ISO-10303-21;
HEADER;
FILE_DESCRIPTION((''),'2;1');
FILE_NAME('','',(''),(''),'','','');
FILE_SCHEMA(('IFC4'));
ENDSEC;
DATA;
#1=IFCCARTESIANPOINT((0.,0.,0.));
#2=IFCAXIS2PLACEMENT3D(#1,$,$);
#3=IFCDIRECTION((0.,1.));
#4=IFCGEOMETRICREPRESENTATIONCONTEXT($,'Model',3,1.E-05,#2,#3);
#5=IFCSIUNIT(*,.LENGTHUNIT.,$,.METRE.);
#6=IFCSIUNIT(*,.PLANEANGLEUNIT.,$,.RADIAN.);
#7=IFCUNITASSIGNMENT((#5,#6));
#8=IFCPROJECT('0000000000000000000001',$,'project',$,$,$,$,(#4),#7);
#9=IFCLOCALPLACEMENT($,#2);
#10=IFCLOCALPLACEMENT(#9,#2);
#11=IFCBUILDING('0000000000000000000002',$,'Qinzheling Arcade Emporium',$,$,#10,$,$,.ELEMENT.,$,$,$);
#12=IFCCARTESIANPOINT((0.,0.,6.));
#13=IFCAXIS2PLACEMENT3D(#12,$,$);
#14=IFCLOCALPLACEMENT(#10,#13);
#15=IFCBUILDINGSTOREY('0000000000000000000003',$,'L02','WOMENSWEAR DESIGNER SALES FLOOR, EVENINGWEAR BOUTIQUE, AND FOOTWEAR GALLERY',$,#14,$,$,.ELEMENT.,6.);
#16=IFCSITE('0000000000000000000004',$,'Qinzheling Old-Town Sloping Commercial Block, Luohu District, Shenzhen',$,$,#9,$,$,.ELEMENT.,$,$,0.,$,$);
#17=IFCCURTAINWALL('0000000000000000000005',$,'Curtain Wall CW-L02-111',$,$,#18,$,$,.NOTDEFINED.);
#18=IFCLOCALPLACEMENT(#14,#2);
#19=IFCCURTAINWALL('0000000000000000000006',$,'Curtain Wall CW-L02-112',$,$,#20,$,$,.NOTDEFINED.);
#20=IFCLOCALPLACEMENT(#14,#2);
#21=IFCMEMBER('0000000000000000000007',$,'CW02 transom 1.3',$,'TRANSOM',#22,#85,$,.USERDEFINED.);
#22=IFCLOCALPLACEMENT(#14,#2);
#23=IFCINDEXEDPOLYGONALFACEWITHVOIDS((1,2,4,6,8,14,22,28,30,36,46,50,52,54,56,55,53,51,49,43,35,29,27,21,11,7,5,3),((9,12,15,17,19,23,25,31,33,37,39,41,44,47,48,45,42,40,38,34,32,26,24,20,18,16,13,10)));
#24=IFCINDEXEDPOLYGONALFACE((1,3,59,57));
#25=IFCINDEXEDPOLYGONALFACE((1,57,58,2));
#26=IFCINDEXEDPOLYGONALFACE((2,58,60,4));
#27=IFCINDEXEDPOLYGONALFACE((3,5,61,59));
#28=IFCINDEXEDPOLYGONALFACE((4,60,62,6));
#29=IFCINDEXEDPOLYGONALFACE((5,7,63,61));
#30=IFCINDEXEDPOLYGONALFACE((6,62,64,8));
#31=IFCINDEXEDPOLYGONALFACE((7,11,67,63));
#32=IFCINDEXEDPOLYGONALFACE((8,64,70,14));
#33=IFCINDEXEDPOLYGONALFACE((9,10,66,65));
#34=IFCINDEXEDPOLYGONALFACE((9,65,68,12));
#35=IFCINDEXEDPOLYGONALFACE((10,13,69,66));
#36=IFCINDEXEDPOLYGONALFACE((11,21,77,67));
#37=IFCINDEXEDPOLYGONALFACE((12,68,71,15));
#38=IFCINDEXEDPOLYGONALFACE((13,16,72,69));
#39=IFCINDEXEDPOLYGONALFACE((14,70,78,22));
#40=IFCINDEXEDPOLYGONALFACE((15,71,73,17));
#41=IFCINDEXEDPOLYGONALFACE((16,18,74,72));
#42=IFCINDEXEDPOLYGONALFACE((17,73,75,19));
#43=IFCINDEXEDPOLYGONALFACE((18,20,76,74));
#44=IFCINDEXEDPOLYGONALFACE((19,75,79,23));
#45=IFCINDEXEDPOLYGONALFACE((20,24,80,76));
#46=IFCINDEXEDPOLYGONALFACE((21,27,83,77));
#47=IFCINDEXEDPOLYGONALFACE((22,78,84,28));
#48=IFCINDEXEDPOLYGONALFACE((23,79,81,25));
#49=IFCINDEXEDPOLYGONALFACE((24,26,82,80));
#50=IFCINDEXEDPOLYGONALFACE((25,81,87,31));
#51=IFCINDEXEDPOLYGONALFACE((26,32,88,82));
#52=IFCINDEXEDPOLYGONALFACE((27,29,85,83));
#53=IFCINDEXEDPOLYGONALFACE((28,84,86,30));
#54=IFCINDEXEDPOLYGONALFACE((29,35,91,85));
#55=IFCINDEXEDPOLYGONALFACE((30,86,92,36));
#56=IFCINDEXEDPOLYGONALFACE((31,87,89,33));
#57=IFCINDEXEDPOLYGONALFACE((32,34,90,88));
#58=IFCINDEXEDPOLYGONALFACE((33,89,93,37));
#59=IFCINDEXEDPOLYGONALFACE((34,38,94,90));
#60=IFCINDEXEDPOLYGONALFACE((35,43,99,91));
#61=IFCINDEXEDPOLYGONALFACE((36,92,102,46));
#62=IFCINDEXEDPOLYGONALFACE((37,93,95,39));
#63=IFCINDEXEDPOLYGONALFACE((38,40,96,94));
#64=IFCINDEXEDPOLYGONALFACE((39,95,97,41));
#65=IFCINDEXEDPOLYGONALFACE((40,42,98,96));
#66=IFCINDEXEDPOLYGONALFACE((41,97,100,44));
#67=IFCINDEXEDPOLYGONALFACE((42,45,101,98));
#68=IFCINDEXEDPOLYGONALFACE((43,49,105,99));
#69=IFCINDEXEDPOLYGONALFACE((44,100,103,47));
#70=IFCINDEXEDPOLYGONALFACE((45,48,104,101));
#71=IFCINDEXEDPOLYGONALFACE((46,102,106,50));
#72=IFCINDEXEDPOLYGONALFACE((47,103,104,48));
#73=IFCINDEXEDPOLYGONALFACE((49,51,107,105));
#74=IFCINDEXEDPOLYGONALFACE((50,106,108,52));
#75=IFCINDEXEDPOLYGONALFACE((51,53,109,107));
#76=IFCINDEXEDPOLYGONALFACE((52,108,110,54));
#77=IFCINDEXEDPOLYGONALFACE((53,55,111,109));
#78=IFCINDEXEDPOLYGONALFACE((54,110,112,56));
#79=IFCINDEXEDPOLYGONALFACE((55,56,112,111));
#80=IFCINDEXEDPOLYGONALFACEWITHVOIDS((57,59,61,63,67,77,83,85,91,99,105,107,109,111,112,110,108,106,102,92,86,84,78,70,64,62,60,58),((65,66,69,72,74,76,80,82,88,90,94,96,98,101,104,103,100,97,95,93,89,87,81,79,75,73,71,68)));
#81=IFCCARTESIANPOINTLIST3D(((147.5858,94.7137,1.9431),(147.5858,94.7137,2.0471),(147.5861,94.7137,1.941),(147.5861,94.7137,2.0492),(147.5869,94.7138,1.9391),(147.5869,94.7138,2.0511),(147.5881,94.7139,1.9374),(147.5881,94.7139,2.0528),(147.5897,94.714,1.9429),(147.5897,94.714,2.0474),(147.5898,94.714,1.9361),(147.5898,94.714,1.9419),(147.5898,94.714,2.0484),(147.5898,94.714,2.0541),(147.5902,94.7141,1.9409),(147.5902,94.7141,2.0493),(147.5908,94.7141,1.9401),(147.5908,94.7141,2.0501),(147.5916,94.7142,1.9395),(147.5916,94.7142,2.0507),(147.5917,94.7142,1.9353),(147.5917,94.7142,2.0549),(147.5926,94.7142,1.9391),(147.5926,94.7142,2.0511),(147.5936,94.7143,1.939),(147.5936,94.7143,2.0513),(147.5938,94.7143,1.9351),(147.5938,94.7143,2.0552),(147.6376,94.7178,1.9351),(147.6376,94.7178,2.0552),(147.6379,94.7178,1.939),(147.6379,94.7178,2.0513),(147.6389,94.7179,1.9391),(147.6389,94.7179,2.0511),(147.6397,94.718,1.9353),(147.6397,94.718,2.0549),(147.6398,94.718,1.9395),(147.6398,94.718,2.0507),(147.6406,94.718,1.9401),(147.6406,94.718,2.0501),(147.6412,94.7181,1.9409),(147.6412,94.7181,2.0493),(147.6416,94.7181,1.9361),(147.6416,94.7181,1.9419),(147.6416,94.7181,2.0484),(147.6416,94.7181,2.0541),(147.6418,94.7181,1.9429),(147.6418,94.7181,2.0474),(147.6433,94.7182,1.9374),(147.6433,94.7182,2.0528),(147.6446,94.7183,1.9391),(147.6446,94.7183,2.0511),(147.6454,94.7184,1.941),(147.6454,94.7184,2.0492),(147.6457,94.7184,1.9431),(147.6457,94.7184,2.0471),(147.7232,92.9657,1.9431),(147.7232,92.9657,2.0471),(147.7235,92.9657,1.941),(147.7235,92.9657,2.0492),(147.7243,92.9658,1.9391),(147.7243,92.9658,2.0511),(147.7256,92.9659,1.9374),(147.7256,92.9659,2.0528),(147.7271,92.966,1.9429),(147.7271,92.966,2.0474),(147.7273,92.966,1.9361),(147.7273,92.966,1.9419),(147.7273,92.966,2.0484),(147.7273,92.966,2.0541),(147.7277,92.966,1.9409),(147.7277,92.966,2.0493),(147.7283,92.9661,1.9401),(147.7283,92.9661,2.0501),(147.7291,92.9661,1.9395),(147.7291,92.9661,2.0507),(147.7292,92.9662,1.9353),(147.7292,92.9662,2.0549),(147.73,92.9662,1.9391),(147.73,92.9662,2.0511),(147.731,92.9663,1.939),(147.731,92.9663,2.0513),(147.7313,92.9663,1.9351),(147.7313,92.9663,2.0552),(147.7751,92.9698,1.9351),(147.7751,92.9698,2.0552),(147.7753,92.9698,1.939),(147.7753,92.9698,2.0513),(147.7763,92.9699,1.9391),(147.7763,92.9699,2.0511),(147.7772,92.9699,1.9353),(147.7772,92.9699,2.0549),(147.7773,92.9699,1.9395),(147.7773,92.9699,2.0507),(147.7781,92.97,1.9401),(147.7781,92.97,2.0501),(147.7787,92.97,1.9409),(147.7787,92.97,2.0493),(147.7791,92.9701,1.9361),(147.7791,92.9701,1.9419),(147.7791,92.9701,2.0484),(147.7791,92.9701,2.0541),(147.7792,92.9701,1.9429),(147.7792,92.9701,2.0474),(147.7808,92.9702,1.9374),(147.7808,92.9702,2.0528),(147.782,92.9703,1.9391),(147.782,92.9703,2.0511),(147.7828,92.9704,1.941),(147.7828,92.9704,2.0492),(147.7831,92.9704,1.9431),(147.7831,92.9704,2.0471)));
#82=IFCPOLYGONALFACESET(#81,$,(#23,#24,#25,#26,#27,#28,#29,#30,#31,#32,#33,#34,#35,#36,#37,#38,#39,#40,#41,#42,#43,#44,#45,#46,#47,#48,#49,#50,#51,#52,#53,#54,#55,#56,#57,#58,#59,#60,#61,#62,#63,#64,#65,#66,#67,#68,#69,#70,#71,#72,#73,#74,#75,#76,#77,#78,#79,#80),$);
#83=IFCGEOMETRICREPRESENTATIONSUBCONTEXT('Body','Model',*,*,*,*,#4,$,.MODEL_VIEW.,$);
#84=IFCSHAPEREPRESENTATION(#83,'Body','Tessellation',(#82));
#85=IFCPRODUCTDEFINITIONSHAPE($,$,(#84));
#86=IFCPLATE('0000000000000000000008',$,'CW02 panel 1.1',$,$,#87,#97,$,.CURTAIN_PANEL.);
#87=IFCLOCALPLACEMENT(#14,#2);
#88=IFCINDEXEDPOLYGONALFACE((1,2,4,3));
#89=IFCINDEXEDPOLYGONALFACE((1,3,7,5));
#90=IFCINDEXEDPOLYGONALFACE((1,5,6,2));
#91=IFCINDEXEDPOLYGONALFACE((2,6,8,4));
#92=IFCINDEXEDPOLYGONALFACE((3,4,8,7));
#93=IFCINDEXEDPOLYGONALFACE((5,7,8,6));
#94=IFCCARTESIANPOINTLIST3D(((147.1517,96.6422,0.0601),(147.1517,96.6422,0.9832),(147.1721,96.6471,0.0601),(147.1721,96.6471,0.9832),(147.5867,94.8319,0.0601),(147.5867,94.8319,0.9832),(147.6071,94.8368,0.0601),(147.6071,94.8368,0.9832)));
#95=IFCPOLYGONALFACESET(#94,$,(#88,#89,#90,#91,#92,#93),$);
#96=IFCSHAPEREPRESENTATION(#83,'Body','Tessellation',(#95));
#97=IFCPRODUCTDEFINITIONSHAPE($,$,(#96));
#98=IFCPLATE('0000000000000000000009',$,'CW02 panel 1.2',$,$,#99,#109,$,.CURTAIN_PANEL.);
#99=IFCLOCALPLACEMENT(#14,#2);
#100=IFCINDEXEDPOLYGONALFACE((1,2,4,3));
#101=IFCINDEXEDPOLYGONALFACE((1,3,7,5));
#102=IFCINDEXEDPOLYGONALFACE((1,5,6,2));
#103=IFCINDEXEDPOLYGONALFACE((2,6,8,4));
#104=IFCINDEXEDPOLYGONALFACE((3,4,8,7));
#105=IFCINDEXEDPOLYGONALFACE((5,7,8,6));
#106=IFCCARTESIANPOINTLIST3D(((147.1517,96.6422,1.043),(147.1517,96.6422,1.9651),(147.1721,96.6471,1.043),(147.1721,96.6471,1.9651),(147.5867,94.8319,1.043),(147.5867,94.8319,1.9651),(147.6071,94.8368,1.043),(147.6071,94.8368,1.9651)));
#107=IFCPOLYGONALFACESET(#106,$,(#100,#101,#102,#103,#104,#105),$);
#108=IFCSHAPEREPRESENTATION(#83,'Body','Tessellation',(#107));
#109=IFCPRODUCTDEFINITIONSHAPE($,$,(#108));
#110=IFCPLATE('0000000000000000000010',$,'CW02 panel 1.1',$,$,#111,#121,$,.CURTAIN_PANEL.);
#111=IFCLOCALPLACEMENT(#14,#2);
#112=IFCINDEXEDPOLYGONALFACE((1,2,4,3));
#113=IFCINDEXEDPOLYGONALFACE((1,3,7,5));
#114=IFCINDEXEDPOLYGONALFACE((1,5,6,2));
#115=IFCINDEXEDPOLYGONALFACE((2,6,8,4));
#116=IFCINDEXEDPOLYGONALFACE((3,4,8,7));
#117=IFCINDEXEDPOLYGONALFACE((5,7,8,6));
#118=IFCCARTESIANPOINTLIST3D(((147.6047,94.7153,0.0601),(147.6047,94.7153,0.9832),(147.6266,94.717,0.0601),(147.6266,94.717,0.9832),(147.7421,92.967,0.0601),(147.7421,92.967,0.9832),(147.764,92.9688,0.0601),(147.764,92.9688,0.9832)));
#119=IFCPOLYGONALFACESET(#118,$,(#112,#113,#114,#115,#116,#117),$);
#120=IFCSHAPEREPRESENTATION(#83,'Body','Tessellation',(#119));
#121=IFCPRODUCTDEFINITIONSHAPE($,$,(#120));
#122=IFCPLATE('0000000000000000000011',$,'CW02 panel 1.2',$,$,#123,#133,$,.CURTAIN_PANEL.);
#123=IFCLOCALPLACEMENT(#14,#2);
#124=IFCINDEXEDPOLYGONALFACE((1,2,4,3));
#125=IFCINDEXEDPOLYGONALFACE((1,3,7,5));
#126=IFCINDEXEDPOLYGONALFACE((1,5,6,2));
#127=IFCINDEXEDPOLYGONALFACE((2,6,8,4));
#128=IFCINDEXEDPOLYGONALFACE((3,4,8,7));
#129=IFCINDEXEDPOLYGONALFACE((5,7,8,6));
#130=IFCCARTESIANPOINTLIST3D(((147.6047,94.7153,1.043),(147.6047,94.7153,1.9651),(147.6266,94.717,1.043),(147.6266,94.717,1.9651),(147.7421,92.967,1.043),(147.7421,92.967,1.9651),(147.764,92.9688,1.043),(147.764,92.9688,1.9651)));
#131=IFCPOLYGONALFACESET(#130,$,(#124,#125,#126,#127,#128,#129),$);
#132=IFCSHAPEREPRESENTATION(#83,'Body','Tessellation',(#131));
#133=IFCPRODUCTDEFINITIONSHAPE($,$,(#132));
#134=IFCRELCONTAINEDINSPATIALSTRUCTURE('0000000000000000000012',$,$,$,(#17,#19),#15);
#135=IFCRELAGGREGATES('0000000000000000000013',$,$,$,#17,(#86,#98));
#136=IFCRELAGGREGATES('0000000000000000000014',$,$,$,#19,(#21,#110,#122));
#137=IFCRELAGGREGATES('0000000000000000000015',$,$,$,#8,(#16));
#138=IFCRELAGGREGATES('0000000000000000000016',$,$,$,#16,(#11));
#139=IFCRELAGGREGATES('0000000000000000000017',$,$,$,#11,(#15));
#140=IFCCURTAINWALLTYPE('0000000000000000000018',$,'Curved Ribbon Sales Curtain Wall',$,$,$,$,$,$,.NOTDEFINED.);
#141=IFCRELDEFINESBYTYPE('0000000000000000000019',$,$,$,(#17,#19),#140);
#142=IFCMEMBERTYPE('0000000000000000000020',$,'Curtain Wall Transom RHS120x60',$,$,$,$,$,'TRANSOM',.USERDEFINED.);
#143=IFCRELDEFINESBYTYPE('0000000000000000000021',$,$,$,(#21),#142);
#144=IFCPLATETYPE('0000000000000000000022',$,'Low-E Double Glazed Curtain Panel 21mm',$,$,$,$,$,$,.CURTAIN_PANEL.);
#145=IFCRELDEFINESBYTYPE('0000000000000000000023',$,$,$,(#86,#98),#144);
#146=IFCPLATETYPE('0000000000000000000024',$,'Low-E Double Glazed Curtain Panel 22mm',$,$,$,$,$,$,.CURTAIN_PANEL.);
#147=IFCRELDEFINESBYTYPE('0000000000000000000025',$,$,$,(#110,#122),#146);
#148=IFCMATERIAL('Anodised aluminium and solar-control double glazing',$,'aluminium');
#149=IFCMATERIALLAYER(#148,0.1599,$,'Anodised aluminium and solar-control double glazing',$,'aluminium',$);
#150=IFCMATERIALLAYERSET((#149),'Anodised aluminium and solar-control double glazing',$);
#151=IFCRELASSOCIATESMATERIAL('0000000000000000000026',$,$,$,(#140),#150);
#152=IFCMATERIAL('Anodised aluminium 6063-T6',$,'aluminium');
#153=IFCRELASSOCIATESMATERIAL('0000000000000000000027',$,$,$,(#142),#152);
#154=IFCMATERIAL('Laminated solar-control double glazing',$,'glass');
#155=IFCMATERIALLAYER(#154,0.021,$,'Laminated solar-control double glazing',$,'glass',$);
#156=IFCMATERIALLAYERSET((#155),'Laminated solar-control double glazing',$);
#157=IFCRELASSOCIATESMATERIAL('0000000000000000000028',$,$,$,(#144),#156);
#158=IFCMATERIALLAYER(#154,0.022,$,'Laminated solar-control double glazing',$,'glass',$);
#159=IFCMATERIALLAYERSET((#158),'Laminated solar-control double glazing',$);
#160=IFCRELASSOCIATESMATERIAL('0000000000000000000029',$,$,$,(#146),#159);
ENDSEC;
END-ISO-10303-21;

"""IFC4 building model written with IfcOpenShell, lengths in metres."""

from ifc_helpers import new_model, si_unit, direction, frame, origin, origin_2d, place, context, subcontext, project, spatial, rectangle, hollow_rectangle, extrude, material, layer, layer_set, material_profile, profile_set, type_object, element, aggregate, save


model = new_model("IFC4")

# Units and contexts
model_context = context("Model", 3, precision=1e-05, world=origin(), true_north=direction((0.0, 1.0)))
body_context = subcontext(model_context, "Body", "Model", "MODEL_VIEW")
ifc_project = project(units=[si_unit("LENGTHUNIT", "METRE"), si_unit("PLANEANGLEUNIT", "RADIAN")], contexts=[model_context])

# Site, building, storey
site_placement = place(None, origin())
site = spatial("IfcSite", under=ifc_project, at=site_placement, Name="Qinzheling Old-Town Sloping Commercial Block, Luohu District, Shenzhen", CompositionType="ELEMENT", RefElevation=0.0)
building_placement = place(site_placement, origin())
building = spatial("IfcBuilding", under=site, at=building_placement, Name="Qinzheling Arcade Emporium", CompositionType="ELEMENT")
storey_placement = place(building_placement, frame((0.0, 0.0, 6.0)))
storey = spatial("IfcBuildingStorey", under=building, at=storey_placement, Name="L02", Description="WOMENSWEAR DESIGNER SALES FLOOR, EVENINGWEAR BOUTIQUE, AND FOOTWEAR GALLERY", CompositionType="ELEMENT", Elevation=6.0)

# Curtain wall
ifc_material_1 = material(Name="Anodised aluminium and solar-control double glazing", Category="aluminium")
ifc_layer_1 = layer(ifc_material_1, 0.1599, Name="Anodised aluminium and solar-control double glazing", Category="aluminium")
ifc_layer_set_1 = layer_set([ifc_layer_1], Name="Anodised aluminium and solar-control double glazing")
curtain_wall_type = type_object("IfcCurtainWallType", Name="Curved Ribbon Sales Curtain Wall", PredefinedType="NOTDEFINED", material=ifc_layer_set_1)
curtain_wall_1_placement = place(storey_placement, origin())
curtain_wall_1 = element("IfcCurtainWall", 1, at=curtain_wall_1_placement, inside=storey, type_object=curtain_wall_type, Name="Curtain Wall CW-L02-111", PredefinedType="NOTDEFINED")
ifc_material_2 = material(Name="Anodised aluminium 6063-T6", Category="aluminium")

# Curtain wall
curtain_wall_2_placement = place(storey_placement, origin())
curtain_wall_2 = element("IfcCurtainWall", 2, at=curtain_wall_2_placement, inside=storey, type_object=curtain_wall_type, Name="Curtain Wall CW-L02-112", PredefinedType="NOTDEFINED")

# Member
ifc_material_profile_1 = material_profile(ifc_material_2, hollow_rectangle(XDim=0.0601, YDim=0.1201, WallThickness=0.0039, InnerFilletRadius=0.0039, OuterFilletRadius=0.0081, at=origin_2d()), Name="RHS 120x60x4", Category="aluminium")
ifc_profile_set_1 = profile_set([ifc_material_profile_1], Name="Anodised aluminium 6063-T6")
member_type_1 = type_object("IfcMemberType", Name="Curtain Wall Transom RHS120x60", ElementType="TRANSOM", PredefinedType="USERDEFINED", material=ifc_profile_set_1)
member_1_placement = place(storey_placement, frame((147.6157, 94.7161, 1.9951), z_axis=(0.078389, -0.996923, 0.0), x_axis=(0.996923, 0.078389, 0.0)))
member_1 = element("IfcMember", 3, at=member_1_placement, type_object=member_type_1, Name="CW02 transom 1.3", ObjectType="TRANSOM", PredefinedType="USERDEFINED", context=body_context, shape_type="SweptSolid", body=[
    extrude(hollow_rectangle(XDim=0.0601, YDim=0.1201, WallThickness=0.0039, InnerFilletRadius=0.0039, OuterFilletRadius=0.0081, at=origin_2d()), origin(), (0.0, 0.0, 1.0), 1.7534),
])

# Plates
ifc_material_3 = material(Name="Laminated solar-control double glazing", Category="glass")
ifc_layer_2 = layer(ifc_material_3, 0.021, Name="Laminated solar-control double glazing", Category="glass")
ifc_layer_set_2 = layer_set([ifc_layer_2], Name="Laminated solar-control double glazing")
plate_type_1 = type_object("IfcPlateType", Name="Low-E Double Glazed Curtain Panel 21mm", PredefinedType="CURTAIN_PANEL", material=ifc_layer_set_2)
plate_1_placement = place(storey_placement, frame((147.3794, 95.7395, 0.0601), z_axis=(0.0, 0.0, 1.0), x_axis=(0.233621, -0.972328, 0.0)))
plate_1 = element("IfcPlate", 4, at=plate_1_placement, type_object=plate_type_1, Name="CW02 panel 1.1", PredefinedType="CURTAIN_PANEL", context=body_context, shape_type="SweptSolid", body=[
    extrude(rectangle(XDim=1.8618, YDim=0.021, at=origin_2d()), origin(), (0.0, 0.0, 1.0), 0.9231),
])
plate_2_placement = place(storey_placement, frame((147.3794, 95.7395, 1.043), z_axis=(0.0, 0.0, 1.0), x_axis=(0.233621, -0.972328, 0.0)))
plate_2 = element("IfcPlate", 5, at=plate_2_placement, type_object=plate_type_1, Name="CW02 panel 1.2", PredefinedType="CURTAIN_PANEL", context=body_context, shape_type="SweptSolid", body=[
    extrude(rectangle(XDim=1.8618, YDim=0.021, at=origin_2d()), origin(), (0.0, 0.0, 1.0), 0.9221),
])
aggregate(curtain_wall_1, [plate_1, plate_2])
ifc_layer_3 = layer(ifc_material_3, 0.022, Name="Laminated solar-control double glazing", Category="glass")
ifc_layer_set_3 = layer_set([ifc_layer_3], Name="Laminated solar-control double glazing")
plate_type_2 = type_object("IfcPlateType", Name="Low-E Double Glazed Curtain Panel 22mm", PredefinedType="CURTAIN_PANEL", material=ifc_layer_set_3)
plate_3_placement = place(storey_placement, frame((147.6843, 93.842, 0.0601), z_axis=(0.0, 0.0, 1.0), x_axis=(0.078376, -0.996924, 0.0)))
plate_3 = element("IfcPlate", 6, at=plate_3_placement, type_object=plate_type_2, Name="CW02 panel 1.1", PredefinedType="CURTAIN_PANEL", context=body_context, shape_type="SweptSolid", body=[
    extrude(rectangle(XDim=1.7537, YDim=0.022, at=origin_2d()), origin(), (0.0, 0.0, 1.0), 0.9231),
])
plate_4_placement = place(storey_placement, frame((147.6843, 93.842, 1.043), z_axis=(0.0, 0.0, 1.0), x_axis=(0.078376, -0.996924, 0.0)))
plate_4 = element("IfcPlate", 7, at=plate_4_placement, type_object=plate_type_2, Name="CW02 panel 1.2", PredefinedType="CURTAIN_PANEL", context=body_context, shape_type="SweptSolid", body=[
    extrude(rectangle(XDim=1.7537, YDim=0.022, at=origin_2d()), origin(), (0.0, 0.0, 1.0), 0.9221),
])
aggregate(curtain_wall_2, [member_1, plate_3, plate_4])

save(model, "model.ifc")
